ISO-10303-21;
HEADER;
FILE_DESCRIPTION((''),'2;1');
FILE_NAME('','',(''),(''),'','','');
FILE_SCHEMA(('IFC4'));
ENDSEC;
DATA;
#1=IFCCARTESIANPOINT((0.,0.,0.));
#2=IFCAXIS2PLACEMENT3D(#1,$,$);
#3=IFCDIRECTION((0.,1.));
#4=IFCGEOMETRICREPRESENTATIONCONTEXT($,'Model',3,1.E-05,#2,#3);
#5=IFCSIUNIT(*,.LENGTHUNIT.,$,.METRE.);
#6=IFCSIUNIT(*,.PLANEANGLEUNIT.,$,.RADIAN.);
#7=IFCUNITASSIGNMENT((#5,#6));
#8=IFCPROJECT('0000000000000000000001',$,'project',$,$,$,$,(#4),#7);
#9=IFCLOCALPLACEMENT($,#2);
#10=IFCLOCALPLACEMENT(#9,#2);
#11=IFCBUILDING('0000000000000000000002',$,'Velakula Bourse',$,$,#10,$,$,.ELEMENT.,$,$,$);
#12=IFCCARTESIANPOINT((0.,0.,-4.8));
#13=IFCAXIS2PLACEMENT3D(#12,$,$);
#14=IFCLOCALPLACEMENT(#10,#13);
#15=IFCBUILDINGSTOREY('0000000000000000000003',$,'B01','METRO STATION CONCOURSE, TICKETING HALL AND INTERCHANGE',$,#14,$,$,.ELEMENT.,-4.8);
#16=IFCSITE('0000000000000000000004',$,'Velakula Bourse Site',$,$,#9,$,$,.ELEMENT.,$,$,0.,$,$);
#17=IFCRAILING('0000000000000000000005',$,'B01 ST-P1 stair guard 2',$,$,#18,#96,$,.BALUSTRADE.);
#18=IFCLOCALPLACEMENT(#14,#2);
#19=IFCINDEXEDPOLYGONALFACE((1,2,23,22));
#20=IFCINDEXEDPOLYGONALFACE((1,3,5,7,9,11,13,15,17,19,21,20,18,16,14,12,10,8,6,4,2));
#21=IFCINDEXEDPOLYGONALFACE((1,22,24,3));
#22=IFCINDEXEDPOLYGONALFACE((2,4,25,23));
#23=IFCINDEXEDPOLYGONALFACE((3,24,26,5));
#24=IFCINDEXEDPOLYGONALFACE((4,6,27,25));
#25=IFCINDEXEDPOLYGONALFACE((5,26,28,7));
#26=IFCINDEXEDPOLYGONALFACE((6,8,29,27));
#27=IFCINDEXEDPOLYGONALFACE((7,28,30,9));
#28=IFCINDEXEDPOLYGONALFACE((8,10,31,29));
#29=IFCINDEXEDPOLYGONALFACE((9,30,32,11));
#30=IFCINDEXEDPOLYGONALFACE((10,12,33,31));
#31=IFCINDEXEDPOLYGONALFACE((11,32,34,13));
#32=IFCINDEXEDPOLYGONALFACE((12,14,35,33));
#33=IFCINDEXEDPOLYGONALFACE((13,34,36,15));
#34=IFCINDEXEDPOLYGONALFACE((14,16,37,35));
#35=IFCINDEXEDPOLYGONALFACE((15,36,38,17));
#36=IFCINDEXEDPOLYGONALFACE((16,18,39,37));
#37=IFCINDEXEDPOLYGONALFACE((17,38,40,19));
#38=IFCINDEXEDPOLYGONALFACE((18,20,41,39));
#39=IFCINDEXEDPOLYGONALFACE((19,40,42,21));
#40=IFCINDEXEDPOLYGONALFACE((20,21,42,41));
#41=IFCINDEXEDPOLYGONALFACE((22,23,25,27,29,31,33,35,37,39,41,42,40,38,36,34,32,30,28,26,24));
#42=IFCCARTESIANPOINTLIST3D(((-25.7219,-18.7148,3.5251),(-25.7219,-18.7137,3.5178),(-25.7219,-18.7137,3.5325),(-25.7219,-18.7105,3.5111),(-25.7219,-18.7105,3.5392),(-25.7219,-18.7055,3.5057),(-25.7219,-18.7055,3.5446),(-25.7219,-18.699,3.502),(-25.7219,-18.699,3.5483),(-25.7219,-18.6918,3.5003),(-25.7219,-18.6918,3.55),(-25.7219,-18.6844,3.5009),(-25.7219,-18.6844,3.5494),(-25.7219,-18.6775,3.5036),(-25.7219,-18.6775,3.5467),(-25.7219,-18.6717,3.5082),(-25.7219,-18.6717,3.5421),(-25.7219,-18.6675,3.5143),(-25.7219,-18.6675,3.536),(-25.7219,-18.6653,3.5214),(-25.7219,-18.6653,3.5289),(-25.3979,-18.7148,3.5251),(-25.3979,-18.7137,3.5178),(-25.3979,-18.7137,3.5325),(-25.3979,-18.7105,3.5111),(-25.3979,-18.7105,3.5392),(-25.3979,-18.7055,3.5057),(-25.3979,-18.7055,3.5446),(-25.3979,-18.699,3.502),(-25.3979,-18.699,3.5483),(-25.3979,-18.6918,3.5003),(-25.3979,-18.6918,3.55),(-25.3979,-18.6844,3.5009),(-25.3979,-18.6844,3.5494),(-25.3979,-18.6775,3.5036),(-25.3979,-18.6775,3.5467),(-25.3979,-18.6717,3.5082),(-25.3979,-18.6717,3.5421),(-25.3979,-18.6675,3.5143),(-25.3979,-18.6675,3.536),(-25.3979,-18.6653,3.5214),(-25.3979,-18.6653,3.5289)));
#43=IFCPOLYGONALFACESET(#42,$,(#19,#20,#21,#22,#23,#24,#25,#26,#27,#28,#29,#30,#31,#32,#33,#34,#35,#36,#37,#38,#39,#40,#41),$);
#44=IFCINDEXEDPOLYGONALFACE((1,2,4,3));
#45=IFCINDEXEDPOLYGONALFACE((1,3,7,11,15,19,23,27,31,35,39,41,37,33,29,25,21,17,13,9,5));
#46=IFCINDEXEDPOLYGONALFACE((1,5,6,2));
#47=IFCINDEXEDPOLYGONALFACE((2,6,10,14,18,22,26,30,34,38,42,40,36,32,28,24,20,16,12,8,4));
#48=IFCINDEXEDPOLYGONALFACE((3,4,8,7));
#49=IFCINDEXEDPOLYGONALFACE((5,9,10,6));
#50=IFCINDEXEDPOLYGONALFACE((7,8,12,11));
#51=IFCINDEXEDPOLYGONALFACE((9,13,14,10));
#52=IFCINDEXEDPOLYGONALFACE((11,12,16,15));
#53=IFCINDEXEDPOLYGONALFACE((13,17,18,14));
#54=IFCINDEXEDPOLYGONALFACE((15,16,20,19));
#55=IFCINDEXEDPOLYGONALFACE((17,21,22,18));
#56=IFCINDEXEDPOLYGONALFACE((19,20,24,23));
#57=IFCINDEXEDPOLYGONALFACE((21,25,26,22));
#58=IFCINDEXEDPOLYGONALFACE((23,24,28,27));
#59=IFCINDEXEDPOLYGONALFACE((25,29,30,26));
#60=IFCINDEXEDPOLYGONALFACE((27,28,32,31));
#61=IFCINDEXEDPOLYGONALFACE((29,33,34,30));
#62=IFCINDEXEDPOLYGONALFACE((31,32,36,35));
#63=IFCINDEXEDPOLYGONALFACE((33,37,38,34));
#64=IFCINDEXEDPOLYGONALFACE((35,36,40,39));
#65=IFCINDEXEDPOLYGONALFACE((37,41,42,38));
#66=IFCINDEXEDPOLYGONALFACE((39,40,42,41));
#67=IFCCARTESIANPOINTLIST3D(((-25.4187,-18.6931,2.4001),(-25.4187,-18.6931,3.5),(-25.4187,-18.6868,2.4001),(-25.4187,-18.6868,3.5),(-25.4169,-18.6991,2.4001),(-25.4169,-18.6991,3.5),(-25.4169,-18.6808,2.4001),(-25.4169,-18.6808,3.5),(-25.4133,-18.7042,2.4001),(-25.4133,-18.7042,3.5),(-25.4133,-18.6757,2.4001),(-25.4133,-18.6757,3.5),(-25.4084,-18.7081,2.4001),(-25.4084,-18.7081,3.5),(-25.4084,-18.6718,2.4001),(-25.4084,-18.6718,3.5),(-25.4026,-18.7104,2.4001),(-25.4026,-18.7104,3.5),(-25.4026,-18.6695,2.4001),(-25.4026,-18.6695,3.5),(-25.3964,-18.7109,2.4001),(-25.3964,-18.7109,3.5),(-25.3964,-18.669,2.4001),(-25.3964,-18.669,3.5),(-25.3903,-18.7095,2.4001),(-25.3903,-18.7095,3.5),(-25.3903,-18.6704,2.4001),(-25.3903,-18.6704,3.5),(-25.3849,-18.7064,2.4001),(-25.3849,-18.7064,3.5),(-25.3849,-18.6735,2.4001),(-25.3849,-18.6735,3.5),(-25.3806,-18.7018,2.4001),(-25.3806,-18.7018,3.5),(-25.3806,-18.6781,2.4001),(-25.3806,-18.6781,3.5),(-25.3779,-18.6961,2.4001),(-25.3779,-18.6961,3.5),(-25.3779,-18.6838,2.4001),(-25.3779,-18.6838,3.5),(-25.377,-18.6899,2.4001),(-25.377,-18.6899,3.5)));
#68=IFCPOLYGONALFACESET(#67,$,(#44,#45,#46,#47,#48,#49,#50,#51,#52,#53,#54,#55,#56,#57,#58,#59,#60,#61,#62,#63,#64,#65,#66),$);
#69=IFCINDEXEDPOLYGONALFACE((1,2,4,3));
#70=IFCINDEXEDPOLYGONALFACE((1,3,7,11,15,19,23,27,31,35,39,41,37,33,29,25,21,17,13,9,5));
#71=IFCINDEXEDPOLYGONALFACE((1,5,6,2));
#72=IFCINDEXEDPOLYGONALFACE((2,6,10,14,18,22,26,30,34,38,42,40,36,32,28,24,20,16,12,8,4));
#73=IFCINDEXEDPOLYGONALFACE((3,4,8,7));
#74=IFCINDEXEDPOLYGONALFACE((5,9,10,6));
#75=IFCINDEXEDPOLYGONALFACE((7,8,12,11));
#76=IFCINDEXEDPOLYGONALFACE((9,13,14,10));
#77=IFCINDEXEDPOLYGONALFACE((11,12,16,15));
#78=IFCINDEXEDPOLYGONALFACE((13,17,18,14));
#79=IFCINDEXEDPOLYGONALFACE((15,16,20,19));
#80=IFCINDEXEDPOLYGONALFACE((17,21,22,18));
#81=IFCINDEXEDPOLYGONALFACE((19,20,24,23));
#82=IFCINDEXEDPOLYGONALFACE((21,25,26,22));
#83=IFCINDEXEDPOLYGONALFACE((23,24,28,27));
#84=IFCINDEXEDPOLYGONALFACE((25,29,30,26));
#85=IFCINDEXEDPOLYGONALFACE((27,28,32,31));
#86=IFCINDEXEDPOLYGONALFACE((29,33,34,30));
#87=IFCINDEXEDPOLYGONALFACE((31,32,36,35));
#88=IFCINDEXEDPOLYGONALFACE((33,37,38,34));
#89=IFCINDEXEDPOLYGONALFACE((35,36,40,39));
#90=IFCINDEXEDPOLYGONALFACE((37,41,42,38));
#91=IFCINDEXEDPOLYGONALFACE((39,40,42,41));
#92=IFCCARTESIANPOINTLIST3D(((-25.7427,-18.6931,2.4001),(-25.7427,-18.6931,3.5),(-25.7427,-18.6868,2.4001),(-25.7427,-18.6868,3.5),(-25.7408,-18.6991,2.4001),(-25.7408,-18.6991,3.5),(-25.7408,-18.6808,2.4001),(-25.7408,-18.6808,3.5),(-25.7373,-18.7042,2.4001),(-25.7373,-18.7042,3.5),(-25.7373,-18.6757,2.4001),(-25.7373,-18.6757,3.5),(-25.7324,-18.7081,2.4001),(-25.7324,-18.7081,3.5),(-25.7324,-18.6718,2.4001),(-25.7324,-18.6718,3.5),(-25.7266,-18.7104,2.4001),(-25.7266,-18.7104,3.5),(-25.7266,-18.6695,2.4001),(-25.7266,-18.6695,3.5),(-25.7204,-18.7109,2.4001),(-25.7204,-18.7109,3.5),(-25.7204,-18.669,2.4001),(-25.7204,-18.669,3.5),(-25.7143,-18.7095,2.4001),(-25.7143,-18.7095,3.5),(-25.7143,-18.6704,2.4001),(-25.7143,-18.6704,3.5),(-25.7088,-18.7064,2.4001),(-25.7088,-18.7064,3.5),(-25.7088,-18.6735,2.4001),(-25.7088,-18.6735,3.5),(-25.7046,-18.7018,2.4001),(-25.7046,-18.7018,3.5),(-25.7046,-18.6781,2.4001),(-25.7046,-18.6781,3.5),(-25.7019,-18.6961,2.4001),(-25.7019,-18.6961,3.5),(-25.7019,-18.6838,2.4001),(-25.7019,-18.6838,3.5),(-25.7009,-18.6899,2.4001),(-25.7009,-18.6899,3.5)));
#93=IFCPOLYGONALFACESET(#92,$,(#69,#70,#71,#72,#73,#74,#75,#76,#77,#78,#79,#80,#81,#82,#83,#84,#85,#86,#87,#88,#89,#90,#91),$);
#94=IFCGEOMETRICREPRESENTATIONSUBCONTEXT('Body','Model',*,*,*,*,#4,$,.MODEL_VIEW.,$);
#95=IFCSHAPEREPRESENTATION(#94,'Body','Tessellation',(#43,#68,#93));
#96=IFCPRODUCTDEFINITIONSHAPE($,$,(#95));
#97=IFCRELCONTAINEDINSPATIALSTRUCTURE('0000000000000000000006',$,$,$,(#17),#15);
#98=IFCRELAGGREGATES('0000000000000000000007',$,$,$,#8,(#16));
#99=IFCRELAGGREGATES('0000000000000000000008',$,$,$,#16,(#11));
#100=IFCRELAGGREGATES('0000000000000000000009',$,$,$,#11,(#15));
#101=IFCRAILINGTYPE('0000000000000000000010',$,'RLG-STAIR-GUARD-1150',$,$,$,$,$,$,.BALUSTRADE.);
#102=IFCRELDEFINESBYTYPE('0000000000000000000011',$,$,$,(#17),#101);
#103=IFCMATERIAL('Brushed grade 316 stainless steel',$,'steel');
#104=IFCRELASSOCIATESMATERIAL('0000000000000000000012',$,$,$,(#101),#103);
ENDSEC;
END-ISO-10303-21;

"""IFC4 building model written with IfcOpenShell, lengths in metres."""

from ifc_helpers import new_model, si_unit, direction, frame, origin, origin_2d, place, context, subcontext, project, spatial, circle, extrude, material, type_object, element, save


model = new_model("IFC4")

# Units and contexts
model_context = context("Model", 3, precision=1e-05, world=origin(), true_north=direction((0.0, 1.0)))
body_context = subcontext(model_context, "Body", "Model", "MODEL_VIEW")
ifc_project = project(units=[si_unit("LENGTHUNIT", "METRE"), si_unit("PLANEANGLEUNIT", "RADIAN")], contexts=[model_context])

# Site, building, storey
site_placement = place(None, origin())
site = spatial("IfcSite", under=ifc_project, at=site_placement, Name="Velakula Bourse Site", CompositionType="ELEMENT", RefElevation=0.0)
building_placement = place(site_placement, origin())
building = spatial("IfcBuilding", under=site, at=building_placement, Name="Velakula Bourse", CompositionType="ELEMENT")
storey_placement = place(building_placement, frame((0.0, 0.0, -4.8)))
storey = spatial("IfcBuildingStorey", under=building, at=storey_placement, Name="B01", Description="METRO STATION CONCOURSE, TICKETING HALL AND INTERCHANGE", CompositionType="ELEMENT", Elevation=-4.8)

# Railing
ifc_material_1 = material(Name="Brushed grade 316 stainless steel", Category="steel")
railing_type_1 = type_object("IfcRailingType", Name="RLG-STAIR-GUARD-1150", PredefinedType="BALUSTRADE", material=ifc_material_1)
railing_1_placement = place(storey_placement, frame((-25.3979, -18.6899, 2.4001)))
element("IfcRailing", 1, at=railing_1_placement, inside=storey, type_object=railing_type_1, Name="B01 ST-P1 stair guard 2", PredefinedType="BALUSTRADE", context=body_context, shape_type="SweptSolid", body=[
    extrude(circle(Radius=0.0249, at=origin_2d()), frame((0.0, 0.0, 1.125), z_axis=(-1.0, 0.0, 0.0), x_axis=(0.0, -1.0, 0.0)), (0.0, 0.0, 1.0), 0.324),
    extrude(circle(Radius=0.021, at=origin_2d()), origin(), (0.0, 0.0, 1.0), 1.0999),
    extrude(circle(Radius=0.021, at=origin_2d()), frame((-0.324, 0.0, 0.0)), (0.0, 0.0, 1.0), 1.0999),
])

save(model, "model.ifc")
